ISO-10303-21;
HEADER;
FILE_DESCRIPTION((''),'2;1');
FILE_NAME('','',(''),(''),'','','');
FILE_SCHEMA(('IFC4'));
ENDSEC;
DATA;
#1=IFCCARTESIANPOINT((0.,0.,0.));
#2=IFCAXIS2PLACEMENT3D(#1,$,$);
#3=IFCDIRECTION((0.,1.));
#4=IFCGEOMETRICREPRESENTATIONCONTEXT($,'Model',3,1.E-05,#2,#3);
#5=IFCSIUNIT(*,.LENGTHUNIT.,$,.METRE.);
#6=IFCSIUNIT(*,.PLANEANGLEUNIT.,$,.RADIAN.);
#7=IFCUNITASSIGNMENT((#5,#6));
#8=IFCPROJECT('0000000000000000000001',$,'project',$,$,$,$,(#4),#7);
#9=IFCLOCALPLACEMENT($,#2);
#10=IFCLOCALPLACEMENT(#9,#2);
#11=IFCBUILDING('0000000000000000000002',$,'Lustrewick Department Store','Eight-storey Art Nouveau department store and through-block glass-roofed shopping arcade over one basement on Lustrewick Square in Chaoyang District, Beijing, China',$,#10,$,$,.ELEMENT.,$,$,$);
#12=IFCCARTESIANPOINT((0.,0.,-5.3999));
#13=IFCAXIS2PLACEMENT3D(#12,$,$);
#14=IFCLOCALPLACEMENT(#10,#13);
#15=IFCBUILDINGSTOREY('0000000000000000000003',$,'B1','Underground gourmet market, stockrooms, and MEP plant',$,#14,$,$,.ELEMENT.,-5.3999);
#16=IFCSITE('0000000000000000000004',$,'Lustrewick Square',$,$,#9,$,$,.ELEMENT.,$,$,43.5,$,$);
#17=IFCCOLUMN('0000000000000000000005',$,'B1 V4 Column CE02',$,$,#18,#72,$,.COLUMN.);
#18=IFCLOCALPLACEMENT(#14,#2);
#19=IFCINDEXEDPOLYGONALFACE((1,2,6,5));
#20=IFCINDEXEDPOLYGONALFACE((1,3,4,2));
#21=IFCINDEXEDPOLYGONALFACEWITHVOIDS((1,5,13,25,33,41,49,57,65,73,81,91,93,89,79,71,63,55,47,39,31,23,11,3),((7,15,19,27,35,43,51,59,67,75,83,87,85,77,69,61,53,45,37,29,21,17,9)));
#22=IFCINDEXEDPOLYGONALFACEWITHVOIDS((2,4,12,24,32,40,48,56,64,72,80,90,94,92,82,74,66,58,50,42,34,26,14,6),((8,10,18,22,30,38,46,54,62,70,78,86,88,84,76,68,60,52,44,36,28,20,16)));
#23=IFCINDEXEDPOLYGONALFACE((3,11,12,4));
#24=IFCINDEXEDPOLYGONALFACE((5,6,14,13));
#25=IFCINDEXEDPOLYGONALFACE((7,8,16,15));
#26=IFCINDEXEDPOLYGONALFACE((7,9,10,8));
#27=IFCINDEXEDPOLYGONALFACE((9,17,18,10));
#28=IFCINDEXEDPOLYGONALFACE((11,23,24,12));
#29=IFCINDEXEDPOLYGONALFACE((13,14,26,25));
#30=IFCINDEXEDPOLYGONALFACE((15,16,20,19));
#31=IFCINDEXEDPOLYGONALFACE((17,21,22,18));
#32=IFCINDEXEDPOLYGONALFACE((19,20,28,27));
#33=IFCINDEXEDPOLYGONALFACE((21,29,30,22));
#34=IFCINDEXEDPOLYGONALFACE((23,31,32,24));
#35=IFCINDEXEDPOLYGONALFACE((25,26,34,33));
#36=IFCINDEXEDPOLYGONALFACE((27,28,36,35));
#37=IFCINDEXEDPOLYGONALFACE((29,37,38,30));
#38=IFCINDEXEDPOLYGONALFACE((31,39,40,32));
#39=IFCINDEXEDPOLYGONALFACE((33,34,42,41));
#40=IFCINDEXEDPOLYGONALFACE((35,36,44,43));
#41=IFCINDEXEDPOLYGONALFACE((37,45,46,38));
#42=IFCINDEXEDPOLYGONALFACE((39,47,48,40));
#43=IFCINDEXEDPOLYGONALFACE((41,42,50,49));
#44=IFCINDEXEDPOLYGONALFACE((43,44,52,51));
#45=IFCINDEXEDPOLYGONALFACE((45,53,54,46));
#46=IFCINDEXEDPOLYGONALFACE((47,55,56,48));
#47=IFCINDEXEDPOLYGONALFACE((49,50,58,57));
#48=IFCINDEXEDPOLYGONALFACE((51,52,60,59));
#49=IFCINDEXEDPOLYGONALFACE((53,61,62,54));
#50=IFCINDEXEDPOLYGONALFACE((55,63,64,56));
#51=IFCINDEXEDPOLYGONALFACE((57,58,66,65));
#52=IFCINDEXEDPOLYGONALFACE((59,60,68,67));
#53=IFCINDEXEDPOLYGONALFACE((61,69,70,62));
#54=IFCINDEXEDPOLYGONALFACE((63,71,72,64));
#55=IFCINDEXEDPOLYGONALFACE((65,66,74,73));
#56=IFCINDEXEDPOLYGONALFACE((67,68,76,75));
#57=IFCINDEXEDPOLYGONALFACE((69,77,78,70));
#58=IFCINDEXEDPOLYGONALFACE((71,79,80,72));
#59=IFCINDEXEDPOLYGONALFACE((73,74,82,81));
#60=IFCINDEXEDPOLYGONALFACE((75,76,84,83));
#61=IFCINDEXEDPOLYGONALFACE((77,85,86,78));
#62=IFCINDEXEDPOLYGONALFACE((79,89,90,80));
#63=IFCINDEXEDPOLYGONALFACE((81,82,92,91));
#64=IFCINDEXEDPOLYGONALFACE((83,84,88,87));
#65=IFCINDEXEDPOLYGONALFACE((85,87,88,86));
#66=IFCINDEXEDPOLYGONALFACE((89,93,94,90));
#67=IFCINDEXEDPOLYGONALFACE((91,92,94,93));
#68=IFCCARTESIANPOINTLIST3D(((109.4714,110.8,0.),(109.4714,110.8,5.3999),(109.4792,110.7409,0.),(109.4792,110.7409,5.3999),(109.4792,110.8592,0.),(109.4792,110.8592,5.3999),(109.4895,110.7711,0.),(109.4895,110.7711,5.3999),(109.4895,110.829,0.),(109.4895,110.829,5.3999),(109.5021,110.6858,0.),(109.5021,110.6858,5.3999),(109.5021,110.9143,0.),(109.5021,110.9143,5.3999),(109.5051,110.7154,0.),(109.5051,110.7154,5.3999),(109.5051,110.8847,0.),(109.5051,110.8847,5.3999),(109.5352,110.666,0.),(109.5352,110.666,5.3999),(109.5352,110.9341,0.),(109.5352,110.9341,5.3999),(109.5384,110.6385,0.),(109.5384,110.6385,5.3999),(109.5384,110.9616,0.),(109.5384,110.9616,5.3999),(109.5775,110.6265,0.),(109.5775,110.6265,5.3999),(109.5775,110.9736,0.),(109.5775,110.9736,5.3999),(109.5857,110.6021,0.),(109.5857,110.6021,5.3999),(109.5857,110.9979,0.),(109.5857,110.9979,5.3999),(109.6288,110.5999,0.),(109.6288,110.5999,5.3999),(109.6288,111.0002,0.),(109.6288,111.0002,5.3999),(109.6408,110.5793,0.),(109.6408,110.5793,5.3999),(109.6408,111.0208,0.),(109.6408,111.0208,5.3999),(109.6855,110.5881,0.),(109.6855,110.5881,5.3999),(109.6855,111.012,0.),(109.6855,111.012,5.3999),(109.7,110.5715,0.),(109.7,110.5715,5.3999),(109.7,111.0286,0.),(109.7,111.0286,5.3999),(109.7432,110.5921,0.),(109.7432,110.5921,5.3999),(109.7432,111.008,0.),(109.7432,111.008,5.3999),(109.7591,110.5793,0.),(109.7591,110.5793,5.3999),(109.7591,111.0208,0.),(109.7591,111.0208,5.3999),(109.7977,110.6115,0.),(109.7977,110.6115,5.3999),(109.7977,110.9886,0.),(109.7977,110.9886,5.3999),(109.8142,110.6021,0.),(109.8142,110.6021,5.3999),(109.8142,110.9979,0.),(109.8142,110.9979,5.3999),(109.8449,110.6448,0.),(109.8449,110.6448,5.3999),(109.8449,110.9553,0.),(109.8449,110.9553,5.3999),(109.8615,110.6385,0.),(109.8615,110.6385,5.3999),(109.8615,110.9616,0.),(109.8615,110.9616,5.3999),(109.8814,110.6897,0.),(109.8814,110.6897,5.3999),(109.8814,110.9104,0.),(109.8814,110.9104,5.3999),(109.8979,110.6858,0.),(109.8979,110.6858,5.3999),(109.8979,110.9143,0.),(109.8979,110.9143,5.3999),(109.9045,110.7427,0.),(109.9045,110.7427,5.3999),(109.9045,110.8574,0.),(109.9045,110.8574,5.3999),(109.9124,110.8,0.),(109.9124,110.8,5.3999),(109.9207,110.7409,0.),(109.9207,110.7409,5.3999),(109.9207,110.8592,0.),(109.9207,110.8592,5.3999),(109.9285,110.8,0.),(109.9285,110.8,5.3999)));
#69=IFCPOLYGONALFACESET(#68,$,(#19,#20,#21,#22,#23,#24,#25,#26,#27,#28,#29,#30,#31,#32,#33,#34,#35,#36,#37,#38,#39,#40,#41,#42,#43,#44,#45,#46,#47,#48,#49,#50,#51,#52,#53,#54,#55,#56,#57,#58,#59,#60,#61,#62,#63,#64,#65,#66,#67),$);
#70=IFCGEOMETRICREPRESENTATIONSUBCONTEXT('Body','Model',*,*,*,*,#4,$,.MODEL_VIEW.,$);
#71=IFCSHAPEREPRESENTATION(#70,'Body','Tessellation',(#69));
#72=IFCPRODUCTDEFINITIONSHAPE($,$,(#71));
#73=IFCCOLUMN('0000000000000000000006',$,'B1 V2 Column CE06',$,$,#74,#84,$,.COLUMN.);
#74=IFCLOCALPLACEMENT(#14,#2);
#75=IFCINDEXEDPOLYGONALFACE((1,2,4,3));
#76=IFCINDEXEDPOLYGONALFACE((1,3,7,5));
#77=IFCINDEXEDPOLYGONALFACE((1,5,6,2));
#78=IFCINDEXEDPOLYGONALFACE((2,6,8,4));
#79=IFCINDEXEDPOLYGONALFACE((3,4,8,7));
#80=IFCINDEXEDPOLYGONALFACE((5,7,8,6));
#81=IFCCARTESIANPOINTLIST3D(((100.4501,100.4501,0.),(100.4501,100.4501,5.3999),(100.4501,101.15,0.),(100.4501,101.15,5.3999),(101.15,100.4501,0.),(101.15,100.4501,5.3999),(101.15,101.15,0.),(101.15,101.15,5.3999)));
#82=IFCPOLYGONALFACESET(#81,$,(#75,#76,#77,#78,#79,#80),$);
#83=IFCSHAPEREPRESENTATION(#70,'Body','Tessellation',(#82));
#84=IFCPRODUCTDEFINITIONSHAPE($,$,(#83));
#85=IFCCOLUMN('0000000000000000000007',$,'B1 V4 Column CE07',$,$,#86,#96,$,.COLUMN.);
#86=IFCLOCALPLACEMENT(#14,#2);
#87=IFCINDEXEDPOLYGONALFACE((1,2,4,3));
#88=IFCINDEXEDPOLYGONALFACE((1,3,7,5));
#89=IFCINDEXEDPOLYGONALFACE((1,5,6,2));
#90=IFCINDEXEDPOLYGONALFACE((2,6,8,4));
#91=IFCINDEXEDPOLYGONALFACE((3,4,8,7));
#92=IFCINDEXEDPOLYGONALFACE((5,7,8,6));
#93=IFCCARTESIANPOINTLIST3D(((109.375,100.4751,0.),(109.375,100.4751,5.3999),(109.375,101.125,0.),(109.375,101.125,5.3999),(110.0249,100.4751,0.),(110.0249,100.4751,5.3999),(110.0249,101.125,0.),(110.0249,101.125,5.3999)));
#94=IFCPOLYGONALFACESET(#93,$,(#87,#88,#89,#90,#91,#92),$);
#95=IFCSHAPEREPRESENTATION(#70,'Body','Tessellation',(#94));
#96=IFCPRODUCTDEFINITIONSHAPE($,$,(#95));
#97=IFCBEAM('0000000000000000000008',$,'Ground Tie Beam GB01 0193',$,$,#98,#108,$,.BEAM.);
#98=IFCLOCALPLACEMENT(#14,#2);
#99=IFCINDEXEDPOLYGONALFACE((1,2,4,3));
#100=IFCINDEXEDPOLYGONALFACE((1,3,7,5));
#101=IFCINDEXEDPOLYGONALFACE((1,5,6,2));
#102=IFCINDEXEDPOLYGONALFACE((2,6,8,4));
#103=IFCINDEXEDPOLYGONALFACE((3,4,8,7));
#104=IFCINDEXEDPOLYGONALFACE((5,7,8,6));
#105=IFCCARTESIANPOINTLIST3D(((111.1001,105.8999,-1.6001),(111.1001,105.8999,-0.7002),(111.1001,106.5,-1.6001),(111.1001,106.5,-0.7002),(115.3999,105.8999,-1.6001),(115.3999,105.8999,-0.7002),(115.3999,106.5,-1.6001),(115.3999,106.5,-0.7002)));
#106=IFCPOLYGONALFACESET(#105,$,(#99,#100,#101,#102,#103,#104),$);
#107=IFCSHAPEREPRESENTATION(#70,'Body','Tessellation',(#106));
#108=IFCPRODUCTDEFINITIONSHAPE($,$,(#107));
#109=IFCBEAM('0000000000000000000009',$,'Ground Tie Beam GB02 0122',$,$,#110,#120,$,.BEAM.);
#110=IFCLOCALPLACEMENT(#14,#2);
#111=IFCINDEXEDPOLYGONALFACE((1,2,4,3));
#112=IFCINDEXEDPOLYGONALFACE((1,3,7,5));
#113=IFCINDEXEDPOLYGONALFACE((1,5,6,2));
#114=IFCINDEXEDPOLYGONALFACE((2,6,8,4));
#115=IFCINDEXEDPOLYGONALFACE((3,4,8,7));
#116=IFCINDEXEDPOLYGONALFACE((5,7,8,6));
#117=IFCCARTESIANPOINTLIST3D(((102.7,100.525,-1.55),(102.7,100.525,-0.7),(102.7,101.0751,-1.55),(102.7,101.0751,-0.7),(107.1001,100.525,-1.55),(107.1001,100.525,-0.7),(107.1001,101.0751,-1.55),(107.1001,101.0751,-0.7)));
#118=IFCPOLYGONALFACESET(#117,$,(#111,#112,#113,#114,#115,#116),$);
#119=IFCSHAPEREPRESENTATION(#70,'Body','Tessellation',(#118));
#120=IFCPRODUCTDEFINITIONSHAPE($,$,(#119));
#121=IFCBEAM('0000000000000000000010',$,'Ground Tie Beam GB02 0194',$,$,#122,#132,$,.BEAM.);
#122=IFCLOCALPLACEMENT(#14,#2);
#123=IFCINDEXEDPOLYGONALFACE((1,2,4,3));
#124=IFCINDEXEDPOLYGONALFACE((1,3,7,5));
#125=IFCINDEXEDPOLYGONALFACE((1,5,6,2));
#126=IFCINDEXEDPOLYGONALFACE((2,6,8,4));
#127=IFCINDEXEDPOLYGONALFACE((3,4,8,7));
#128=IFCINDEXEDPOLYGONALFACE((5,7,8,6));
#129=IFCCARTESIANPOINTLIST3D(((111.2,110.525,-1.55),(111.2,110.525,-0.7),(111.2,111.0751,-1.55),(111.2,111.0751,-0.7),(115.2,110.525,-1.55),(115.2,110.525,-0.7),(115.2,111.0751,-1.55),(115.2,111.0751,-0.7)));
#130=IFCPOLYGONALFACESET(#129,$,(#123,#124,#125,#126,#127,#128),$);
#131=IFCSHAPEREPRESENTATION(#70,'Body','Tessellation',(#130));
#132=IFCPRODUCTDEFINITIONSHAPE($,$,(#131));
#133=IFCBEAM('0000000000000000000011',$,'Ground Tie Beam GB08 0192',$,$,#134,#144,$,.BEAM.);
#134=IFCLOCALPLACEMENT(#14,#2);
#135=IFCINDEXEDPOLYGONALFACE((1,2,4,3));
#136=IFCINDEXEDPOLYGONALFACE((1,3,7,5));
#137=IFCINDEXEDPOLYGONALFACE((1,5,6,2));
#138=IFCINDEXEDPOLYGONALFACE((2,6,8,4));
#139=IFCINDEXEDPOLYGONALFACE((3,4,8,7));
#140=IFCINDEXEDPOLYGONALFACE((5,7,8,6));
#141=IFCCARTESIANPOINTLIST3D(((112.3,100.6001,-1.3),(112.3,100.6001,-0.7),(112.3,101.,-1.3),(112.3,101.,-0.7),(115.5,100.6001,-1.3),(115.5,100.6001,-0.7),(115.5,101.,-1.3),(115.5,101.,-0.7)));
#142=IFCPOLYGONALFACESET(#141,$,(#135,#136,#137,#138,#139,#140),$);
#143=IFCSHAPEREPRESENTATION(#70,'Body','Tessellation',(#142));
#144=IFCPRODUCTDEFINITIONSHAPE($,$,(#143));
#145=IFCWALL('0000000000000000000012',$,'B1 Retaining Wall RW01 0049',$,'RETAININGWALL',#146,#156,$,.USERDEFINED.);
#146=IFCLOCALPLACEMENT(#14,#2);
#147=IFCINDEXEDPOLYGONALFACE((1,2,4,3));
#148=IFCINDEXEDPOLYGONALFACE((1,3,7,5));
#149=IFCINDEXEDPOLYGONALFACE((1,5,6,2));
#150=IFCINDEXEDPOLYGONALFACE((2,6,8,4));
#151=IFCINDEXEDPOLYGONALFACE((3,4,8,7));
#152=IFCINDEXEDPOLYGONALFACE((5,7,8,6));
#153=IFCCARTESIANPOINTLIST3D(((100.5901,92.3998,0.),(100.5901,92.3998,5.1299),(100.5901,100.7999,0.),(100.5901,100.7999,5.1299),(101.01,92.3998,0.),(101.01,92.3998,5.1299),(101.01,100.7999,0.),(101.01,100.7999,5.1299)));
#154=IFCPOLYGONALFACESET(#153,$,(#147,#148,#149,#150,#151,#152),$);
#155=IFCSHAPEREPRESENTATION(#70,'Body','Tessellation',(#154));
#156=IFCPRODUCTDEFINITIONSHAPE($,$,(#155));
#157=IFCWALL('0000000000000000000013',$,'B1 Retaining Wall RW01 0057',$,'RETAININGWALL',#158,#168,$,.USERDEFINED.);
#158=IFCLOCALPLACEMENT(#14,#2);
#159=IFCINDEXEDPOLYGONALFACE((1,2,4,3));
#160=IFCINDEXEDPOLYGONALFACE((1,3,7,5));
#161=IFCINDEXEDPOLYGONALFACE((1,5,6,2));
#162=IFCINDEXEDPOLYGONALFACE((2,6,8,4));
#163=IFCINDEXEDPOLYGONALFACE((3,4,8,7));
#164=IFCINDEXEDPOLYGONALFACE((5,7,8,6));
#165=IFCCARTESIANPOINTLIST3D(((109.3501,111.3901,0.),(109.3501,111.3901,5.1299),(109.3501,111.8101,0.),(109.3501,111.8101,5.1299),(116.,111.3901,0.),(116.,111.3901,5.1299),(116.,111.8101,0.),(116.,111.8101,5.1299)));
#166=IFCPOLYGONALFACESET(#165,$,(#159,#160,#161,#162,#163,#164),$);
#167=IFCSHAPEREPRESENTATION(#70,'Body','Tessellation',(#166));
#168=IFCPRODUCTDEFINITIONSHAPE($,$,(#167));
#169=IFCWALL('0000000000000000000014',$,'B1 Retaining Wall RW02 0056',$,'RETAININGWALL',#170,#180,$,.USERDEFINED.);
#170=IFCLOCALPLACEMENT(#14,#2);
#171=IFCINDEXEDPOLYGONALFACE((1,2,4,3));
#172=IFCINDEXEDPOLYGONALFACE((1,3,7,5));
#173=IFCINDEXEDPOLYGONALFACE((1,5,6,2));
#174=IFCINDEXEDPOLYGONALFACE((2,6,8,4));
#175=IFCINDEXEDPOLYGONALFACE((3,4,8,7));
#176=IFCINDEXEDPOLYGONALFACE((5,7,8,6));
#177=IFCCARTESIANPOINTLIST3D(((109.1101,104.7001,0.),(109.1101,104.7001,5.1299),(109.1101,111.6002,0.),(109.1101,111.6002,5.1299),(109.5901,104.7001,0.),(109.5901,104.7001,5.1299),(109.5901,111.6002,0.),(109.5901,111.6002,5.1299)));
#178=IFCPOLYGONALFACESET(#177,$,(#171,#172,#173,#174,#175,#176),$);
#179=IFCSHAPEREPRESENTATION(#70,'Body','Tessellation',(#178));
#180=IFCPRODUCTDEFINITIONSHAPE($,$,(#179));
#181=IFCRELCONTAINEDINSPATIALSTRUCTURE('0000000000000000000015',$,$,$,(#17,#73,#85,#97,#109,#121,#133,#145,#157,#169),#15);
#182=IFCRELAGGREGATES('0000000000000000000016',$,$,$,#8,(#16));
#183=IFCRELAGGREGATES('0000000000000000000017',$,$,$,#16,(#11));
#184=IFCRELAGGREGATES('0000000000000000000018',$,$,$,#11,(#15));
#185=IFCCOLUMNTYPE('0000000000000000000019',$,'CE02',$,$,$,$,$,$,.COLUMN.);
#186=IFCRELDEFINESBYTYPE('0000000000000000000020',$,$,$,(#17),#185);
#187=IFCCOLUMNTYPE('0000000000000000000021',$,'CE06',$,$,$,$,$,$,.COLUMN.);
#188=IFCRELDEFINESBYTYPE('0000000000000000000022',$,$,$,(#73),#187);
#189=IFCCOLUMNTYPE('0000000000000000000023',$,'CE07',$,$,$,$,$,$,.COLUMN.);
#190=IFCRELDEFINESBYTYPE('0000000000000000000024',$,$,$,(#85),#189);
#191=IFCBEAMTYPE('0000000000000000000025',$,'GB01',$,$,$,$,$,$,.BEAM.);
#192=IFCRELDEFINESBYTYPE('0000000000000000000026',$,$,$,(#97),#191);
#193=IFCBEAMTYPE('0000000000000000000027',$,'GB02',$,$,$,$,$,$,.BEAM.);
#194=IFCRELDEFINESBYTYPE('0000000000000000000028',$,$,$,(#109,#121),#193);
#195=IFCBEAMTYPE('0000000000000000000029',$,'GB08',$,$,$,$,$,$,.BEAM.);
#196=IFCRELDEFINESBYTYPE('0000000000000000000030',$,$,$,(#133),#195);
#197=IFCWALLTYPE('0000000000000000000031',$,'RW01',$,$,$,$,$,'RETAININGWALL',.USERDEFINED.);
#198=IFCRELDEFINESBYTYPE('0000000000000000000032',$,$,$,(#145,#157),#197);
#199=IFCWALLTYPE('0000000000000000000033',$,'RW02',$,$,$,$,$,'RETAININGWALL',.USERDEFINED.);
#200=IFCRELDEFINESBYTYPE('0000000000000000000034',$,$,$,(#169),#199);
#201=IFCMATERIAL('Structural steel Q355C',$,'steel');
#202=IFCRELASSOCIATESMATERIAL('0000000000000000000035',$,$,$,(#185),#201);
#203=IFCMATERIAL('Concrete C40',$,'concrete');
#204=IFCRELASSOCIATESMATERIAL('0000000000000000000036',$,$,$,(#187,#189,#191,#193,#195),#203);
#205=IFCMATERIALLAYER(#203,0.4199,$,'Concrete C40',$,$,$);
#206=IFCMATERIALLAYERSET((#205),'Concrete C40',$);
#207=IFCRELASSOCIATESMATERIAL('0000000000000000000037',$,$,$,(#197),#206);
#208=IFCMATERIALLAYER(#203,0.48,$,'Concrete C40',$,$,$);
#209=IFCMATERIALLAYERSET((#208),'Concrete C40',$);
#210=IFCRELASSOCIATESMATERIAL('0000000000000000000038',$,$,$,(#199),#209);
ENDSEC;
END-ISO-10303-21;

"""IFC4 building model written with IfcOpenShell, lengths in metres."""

from ifc_helpers import new_model, si_unit, direction, frame, frame_2d, origin, origin_2d, place, context, subcontext, project, spatial, rectangle, hollow_circle, extrude, material, layer, layer_set, material_profile, profile_set, type_object, element, save


model = new_model("IFC4")

# Units and contexts
model_context = context("Model", 3, precision=1e-05, world=origin(), true_north=direction((0.0, 1.0)))
body_context = subcontext(model_context, "Body", "Model", "MODEL_VIEW")
ifc_project = project(units=[si_unit("LENGTHUNIT", "METRE"), si_unit("PLANEANGLEUNIT", "RADIAN")], contexts=[model_context])

# Site, building, storey
site_placement = place(None, origin())
site = spatial("IfcSite", under=ifc_project, at=site_placement, Name="Lustrewick Square", CompositionType="ELEMENT", RefElevation=43.5)
building_placement = place(site_placement, origin())
building = spatial("IfcBuilding", under=site, at=building_placement, Name="Lustrewick Department Store", Description="Eight-storey Art Nouveau department store and through-block glass-roofed shopping arcade over one basement on Lustrewick Square in Chaoyang District, Beijing, China", CompositionType="ELEMENT")
storey_placement = place(building_placement, frame((0.0, 0.0, -5.3999)))
storey = spatial("IfcBuildingStorey", under=building, at=storey_placement, Name="B1", Description="Underground gourmet market, stockrooms, and MEP plant", CompositionType="ELEMENT", Elevation=-5.3999)

# Shared definitions
ifc_material_1 = material(Name="Concrete C40", Category="concrete")

# Columns
ifc_material_2 = material(Name="Structural steel Q355C", Category="steel")
ifc_material_profile_1 = material_profile(ifc_material_2, hollow_circle(Radius=0.2285, WallThickness=0.0161, at=origin_2d()), Name="CHS 457x16")
ifc_profile_set_1 = profile_set([ifc_material_profile_1], Name="Structural steel Q355C")
column_type_1 = type_object("IfcColumnType", Name="CE02", PredefinedType="COLUMN", material=ifc_profile_set_1)
column_1_placement = place(storey_placement, frame((109.7, 110.8, 0.0), z_axis=(0.0, 0.0, 1.0), x_axis=(1.0, 0.0, 0.0)))
element("IfcColumn", 1, at=column_1_placement, inside=storey, type_object=column_type_1, Name="B1 V4 Column CE02", PredefinedType="COLUMN", context=body_context, shape_type="SweptSolid", body=[
    extrude(hollow_circle(Radius=0.2285, WallThickness=0.0161, at=origin_2d()), origin(), (0.0, 0.0, 1.0), 5.3999),
])
ifc_material_profile_2 = material_profile(ifc_material_1, rectangle(XDim=0.7, YDim=0.7, at=origin_2d()), Name="RC 700x700")
ifc_profile_set_2 = profile_set([ifc_material_profile_2], Name="Concrete C40")
column_type_2 = type_object("IfcColumnType", Name="CE06", PredefinedType="COLUMN", material=ifc_profile_set_2)
column_2_placement = place(storey_placement, frame((100.8, 100.8, 0.0), z_axis=(0.0, 0.0, 1.0), x_axis=(1.0, 0.0, 0.0)))
element("IfcColumn", 2, at=column_2_placement, inside=storey, type_object=column_type_2, Name="B1 V2 Column CE06", PredefinedType="COLUMN", context=body_context, shape_type="SweptSolid", body=[
    extrude(rectangle(XDim=0.7, YDim=0.7, at=origin_2d()), origin(), (0.0, 0.0, 1.0), 5.3999),
])
ifc_material_profile_3 = material_profile(ifc_material_1, rectangle(XDim=0.6499, YDim=0.6499, at=origin_2d()), Name="RC 650x650")
ifc_profile_set_3 = profile_set([ifc_material_profile_3], Name="Concrete C40")
column_type_3 = type_object("IfcColumnType", Name="CE07", PredefinedType="COLUMN", material=ifc_profile_set_3)
column_3_placement = place(storey_placement, frame((109.7, 100.8, 0.0), z_axis=(0.0, 0.0, 1.0), x_axis=(1.0, 0.0, 0.0)))
element("IfcColumn", 3, at=column_3_placement, inside=storey, type_object=column_type_3, Name="B1 V4 Column CE07", PredefinedType="COLUMN", context=body_context, shape_type="SweptSolid", body=[
    extrude(rectangle(XDim=0.6499, YDim=0.6499, at=origin_2d()), origin(), (0.0, 0.0, 1.0), 5.3999),
])

# Beams
ifc_material_profile_4 = material_profile(ifc_material_1, rectangle(XDim=0.6001, YDim=0.8999, at=origin_2d()), Name="RC 600x900")
ifc_profile_set_4 = profile_set([ifc_material_profile_4], Name="Concrete C40")
beam_type_1 = type_object("IfcBeamType", Name="GB01", PredefinedType="BEAM", material=ifc_profile_set_4)
beam_1_placement = place(storey_placement, frame((111.1001, 106.2, -1.1501), z_axis=(1.0, 0.0, 0.0), x_axis=(0.0, 1.0, 0.0)))
element("IfcBeam", 4, at=beam_1_placement, inside=storey, type_object=beam_type_1, Name="Ground Tie Beam GB01 0193", PredefinedType="BEAM", context=body_context, shape_type="SweptSolid", body=[
    extrude(rectangle(XDim=0.6001, YDim=0.8999, at=origin_2d()), origin(), (0.0, 0.0, 1.0), 4.2998),
])
ifc_material_profile_5 = material_profile(ifc_material_1, rectangle(XDim=0.55, YDim=0.8501, at=origin_2d()), Name="RC 550x850")
ifc_profile_set_5 = profile_set([ifc_material_profile_5], Name="Concrete C40")
beam_type_2 = type_object("IfcBeamType", Name="GB02", PredefinedType="BEAM", material=ifc_profile_set_5)
beam_2_placement = place(storey_placement, frame((102.7, 100.8, -1.125), z_axis=(1.0, 0.0, 0.0), x_axis=(0.0, 1.0, 0.0)))
element("IfcBeam", 5, at=beam_2_placement, inside=storey, type_object=beam_type_2, Name="Ground Tie Beam GB02 0122", PredefinedType="BEAM", context=body_context, shape_type="SweptSolid", body=[
    extrude(rectangle(XDim=0.55, YDim=0.8501, at=origin_2d()), origin(), (0.0, 0.0, 1.0), 4.4001),
])
beam_3_placement = place(storey_placement, frame((111.2, 110.8, -1.125), z_axis=(1.0, 0.0, 0.0), x_axis=(0.0, 1.0, 0.0)))
element("IfcBeam", 6, at=beam_3_placement, inside=storey, type_object=beam_type_2, Name="Ground Tie Beam GB02 0194", PredefinedType="BEAM", context=body_context, shape_type="SweptSolid", body=[
    extrude(rectangle(XDim=0.55, YDim=0.8501, at=origin_2d()), origin(), (0.0, 0.0, 1.0), 4.0),
])
ifc_material_profile_6 = material_profile(ifc_material_1, rectangle(XDim=0.3999, YDim=0.6001, at=origin_2d()), Name="RC 400x600")
ifc_profile_set_6 = profile_set([ifc_material_profile_6], Name="Concrete C40")
beam_type_3 = type_object("IfcBeamType", Name="GB08", PredefinedType="BEAM", material=ifc_profile_set_6)
beam_4_placement = place(storey_placement, frame((112.3, 100.8, -1.0), z_axis=(1.0, 0.0, 0.0), x_axis=(0.0, 1.0, 0.0)))
element("IfcBeam", 7, at=beam_4_placement, inside=storey, type_object=beam_type_3, Name="Ground Tie Beam GB08 0192", PredefinedType="BEAM", context=body_context, shape_type="SweptSolid", body=[
    extrude(rectangle(XDim=0.3999, YDim=0.6001, at=origin_2d()), origin(), (0.0, 0.0, 1.0), 3.2),
])

# Walls
ifc_layer_1 = layer(ifc_material_1, 0.4199, Name="Concrete C40")
ifc_layer_set_1 = layer_set([ifc_layer_1], Name="Concrete C40")
wall_type_1 = type_object("IfcWallType", Name="RW01", ElementType="RETAININGWALL", PredefinedType="USERDEFINED", material=ifc_layer_set_1)
wall_1_placement = place(storey_placement, frame((100.8, 100.8, 0.0), z_axis=(0.0, 0.0, 1.0), x_axis=(0.0, -1.0, 0.0)))
element("IfcWall", 8, at=wall_1_placement, inside=storey, type_object=wall_type_1, Name="B1 Retaining Wall RW01 0049", ObjectType="RETAININGWALL", PredefinedType="USERDEFINED", context=body_context, shape_type="SweptSolid", body=[
    extrude(rectangle(XDim=8.4001, YDim=0.4199, at=frame_2d((4.2002, 0.0))), origin(), (0.0, 0.0, 1.0), 5.1299),
])
wall_2_placement = place(storey_placement, frame((109.3501, 111.6001, 0.0), z_axis=(0.0, 0.0, 1.0), x_axis=(1.0, 0.0, 0.0)))
element("IfcWall", 9, at=wall_2_placement, inside=storey, type_object=wall_type_1, Name="B1 Retaining Wall RW01 0057", ObjectType="RETAININGWALL", PredefinedType="USERDEFINED", context=body_context, shape_type="SweptSolid", body=[
    extrude(rectangle(XDim=6.6499, YDim=0.4199, at=frame_2d((3.325, 0.0))), origin(), (0.0, 0.0, 1.0), 5.1299),
])
ifc_layer_2 = layer(ifc_material_1, 0.48, Name="Concrete C40")
ifc_layer_set_2 = layer_set([ifc_layer_2], Name="Concrete C40")
wall_type_2 = type_object("IfcWallType", Name="RW02", ElementType="RETAININGWALL", PredefinedType="USERDEFINED", material=ifc_layer_set_2)
wall_3_placement = place(storey_placement, frame((109.3501, 104.7, 0.0), z_axis=(0.0, 0.0, 1.0), x_axis=(0.0, 1.0, 0.0)))
element("IfcWall", 10, at=wall_3_placement, inside=storey, type_object=wall_type_2, Name="B1 Retaining Wall RW02 0056", ObjectType="RETAININGWALL", PredefinedType="USERDEFINED", context=body_context, shape_type="SweptSolid", body=[
    extrude(rectangle(XDim=6.9001, YDim=0.48, at=frame_2d((3.4502, 0.0))), origin(), (0.0, 0.0, 1.0), 5.1299),
])

save(model, "model.ifc")
